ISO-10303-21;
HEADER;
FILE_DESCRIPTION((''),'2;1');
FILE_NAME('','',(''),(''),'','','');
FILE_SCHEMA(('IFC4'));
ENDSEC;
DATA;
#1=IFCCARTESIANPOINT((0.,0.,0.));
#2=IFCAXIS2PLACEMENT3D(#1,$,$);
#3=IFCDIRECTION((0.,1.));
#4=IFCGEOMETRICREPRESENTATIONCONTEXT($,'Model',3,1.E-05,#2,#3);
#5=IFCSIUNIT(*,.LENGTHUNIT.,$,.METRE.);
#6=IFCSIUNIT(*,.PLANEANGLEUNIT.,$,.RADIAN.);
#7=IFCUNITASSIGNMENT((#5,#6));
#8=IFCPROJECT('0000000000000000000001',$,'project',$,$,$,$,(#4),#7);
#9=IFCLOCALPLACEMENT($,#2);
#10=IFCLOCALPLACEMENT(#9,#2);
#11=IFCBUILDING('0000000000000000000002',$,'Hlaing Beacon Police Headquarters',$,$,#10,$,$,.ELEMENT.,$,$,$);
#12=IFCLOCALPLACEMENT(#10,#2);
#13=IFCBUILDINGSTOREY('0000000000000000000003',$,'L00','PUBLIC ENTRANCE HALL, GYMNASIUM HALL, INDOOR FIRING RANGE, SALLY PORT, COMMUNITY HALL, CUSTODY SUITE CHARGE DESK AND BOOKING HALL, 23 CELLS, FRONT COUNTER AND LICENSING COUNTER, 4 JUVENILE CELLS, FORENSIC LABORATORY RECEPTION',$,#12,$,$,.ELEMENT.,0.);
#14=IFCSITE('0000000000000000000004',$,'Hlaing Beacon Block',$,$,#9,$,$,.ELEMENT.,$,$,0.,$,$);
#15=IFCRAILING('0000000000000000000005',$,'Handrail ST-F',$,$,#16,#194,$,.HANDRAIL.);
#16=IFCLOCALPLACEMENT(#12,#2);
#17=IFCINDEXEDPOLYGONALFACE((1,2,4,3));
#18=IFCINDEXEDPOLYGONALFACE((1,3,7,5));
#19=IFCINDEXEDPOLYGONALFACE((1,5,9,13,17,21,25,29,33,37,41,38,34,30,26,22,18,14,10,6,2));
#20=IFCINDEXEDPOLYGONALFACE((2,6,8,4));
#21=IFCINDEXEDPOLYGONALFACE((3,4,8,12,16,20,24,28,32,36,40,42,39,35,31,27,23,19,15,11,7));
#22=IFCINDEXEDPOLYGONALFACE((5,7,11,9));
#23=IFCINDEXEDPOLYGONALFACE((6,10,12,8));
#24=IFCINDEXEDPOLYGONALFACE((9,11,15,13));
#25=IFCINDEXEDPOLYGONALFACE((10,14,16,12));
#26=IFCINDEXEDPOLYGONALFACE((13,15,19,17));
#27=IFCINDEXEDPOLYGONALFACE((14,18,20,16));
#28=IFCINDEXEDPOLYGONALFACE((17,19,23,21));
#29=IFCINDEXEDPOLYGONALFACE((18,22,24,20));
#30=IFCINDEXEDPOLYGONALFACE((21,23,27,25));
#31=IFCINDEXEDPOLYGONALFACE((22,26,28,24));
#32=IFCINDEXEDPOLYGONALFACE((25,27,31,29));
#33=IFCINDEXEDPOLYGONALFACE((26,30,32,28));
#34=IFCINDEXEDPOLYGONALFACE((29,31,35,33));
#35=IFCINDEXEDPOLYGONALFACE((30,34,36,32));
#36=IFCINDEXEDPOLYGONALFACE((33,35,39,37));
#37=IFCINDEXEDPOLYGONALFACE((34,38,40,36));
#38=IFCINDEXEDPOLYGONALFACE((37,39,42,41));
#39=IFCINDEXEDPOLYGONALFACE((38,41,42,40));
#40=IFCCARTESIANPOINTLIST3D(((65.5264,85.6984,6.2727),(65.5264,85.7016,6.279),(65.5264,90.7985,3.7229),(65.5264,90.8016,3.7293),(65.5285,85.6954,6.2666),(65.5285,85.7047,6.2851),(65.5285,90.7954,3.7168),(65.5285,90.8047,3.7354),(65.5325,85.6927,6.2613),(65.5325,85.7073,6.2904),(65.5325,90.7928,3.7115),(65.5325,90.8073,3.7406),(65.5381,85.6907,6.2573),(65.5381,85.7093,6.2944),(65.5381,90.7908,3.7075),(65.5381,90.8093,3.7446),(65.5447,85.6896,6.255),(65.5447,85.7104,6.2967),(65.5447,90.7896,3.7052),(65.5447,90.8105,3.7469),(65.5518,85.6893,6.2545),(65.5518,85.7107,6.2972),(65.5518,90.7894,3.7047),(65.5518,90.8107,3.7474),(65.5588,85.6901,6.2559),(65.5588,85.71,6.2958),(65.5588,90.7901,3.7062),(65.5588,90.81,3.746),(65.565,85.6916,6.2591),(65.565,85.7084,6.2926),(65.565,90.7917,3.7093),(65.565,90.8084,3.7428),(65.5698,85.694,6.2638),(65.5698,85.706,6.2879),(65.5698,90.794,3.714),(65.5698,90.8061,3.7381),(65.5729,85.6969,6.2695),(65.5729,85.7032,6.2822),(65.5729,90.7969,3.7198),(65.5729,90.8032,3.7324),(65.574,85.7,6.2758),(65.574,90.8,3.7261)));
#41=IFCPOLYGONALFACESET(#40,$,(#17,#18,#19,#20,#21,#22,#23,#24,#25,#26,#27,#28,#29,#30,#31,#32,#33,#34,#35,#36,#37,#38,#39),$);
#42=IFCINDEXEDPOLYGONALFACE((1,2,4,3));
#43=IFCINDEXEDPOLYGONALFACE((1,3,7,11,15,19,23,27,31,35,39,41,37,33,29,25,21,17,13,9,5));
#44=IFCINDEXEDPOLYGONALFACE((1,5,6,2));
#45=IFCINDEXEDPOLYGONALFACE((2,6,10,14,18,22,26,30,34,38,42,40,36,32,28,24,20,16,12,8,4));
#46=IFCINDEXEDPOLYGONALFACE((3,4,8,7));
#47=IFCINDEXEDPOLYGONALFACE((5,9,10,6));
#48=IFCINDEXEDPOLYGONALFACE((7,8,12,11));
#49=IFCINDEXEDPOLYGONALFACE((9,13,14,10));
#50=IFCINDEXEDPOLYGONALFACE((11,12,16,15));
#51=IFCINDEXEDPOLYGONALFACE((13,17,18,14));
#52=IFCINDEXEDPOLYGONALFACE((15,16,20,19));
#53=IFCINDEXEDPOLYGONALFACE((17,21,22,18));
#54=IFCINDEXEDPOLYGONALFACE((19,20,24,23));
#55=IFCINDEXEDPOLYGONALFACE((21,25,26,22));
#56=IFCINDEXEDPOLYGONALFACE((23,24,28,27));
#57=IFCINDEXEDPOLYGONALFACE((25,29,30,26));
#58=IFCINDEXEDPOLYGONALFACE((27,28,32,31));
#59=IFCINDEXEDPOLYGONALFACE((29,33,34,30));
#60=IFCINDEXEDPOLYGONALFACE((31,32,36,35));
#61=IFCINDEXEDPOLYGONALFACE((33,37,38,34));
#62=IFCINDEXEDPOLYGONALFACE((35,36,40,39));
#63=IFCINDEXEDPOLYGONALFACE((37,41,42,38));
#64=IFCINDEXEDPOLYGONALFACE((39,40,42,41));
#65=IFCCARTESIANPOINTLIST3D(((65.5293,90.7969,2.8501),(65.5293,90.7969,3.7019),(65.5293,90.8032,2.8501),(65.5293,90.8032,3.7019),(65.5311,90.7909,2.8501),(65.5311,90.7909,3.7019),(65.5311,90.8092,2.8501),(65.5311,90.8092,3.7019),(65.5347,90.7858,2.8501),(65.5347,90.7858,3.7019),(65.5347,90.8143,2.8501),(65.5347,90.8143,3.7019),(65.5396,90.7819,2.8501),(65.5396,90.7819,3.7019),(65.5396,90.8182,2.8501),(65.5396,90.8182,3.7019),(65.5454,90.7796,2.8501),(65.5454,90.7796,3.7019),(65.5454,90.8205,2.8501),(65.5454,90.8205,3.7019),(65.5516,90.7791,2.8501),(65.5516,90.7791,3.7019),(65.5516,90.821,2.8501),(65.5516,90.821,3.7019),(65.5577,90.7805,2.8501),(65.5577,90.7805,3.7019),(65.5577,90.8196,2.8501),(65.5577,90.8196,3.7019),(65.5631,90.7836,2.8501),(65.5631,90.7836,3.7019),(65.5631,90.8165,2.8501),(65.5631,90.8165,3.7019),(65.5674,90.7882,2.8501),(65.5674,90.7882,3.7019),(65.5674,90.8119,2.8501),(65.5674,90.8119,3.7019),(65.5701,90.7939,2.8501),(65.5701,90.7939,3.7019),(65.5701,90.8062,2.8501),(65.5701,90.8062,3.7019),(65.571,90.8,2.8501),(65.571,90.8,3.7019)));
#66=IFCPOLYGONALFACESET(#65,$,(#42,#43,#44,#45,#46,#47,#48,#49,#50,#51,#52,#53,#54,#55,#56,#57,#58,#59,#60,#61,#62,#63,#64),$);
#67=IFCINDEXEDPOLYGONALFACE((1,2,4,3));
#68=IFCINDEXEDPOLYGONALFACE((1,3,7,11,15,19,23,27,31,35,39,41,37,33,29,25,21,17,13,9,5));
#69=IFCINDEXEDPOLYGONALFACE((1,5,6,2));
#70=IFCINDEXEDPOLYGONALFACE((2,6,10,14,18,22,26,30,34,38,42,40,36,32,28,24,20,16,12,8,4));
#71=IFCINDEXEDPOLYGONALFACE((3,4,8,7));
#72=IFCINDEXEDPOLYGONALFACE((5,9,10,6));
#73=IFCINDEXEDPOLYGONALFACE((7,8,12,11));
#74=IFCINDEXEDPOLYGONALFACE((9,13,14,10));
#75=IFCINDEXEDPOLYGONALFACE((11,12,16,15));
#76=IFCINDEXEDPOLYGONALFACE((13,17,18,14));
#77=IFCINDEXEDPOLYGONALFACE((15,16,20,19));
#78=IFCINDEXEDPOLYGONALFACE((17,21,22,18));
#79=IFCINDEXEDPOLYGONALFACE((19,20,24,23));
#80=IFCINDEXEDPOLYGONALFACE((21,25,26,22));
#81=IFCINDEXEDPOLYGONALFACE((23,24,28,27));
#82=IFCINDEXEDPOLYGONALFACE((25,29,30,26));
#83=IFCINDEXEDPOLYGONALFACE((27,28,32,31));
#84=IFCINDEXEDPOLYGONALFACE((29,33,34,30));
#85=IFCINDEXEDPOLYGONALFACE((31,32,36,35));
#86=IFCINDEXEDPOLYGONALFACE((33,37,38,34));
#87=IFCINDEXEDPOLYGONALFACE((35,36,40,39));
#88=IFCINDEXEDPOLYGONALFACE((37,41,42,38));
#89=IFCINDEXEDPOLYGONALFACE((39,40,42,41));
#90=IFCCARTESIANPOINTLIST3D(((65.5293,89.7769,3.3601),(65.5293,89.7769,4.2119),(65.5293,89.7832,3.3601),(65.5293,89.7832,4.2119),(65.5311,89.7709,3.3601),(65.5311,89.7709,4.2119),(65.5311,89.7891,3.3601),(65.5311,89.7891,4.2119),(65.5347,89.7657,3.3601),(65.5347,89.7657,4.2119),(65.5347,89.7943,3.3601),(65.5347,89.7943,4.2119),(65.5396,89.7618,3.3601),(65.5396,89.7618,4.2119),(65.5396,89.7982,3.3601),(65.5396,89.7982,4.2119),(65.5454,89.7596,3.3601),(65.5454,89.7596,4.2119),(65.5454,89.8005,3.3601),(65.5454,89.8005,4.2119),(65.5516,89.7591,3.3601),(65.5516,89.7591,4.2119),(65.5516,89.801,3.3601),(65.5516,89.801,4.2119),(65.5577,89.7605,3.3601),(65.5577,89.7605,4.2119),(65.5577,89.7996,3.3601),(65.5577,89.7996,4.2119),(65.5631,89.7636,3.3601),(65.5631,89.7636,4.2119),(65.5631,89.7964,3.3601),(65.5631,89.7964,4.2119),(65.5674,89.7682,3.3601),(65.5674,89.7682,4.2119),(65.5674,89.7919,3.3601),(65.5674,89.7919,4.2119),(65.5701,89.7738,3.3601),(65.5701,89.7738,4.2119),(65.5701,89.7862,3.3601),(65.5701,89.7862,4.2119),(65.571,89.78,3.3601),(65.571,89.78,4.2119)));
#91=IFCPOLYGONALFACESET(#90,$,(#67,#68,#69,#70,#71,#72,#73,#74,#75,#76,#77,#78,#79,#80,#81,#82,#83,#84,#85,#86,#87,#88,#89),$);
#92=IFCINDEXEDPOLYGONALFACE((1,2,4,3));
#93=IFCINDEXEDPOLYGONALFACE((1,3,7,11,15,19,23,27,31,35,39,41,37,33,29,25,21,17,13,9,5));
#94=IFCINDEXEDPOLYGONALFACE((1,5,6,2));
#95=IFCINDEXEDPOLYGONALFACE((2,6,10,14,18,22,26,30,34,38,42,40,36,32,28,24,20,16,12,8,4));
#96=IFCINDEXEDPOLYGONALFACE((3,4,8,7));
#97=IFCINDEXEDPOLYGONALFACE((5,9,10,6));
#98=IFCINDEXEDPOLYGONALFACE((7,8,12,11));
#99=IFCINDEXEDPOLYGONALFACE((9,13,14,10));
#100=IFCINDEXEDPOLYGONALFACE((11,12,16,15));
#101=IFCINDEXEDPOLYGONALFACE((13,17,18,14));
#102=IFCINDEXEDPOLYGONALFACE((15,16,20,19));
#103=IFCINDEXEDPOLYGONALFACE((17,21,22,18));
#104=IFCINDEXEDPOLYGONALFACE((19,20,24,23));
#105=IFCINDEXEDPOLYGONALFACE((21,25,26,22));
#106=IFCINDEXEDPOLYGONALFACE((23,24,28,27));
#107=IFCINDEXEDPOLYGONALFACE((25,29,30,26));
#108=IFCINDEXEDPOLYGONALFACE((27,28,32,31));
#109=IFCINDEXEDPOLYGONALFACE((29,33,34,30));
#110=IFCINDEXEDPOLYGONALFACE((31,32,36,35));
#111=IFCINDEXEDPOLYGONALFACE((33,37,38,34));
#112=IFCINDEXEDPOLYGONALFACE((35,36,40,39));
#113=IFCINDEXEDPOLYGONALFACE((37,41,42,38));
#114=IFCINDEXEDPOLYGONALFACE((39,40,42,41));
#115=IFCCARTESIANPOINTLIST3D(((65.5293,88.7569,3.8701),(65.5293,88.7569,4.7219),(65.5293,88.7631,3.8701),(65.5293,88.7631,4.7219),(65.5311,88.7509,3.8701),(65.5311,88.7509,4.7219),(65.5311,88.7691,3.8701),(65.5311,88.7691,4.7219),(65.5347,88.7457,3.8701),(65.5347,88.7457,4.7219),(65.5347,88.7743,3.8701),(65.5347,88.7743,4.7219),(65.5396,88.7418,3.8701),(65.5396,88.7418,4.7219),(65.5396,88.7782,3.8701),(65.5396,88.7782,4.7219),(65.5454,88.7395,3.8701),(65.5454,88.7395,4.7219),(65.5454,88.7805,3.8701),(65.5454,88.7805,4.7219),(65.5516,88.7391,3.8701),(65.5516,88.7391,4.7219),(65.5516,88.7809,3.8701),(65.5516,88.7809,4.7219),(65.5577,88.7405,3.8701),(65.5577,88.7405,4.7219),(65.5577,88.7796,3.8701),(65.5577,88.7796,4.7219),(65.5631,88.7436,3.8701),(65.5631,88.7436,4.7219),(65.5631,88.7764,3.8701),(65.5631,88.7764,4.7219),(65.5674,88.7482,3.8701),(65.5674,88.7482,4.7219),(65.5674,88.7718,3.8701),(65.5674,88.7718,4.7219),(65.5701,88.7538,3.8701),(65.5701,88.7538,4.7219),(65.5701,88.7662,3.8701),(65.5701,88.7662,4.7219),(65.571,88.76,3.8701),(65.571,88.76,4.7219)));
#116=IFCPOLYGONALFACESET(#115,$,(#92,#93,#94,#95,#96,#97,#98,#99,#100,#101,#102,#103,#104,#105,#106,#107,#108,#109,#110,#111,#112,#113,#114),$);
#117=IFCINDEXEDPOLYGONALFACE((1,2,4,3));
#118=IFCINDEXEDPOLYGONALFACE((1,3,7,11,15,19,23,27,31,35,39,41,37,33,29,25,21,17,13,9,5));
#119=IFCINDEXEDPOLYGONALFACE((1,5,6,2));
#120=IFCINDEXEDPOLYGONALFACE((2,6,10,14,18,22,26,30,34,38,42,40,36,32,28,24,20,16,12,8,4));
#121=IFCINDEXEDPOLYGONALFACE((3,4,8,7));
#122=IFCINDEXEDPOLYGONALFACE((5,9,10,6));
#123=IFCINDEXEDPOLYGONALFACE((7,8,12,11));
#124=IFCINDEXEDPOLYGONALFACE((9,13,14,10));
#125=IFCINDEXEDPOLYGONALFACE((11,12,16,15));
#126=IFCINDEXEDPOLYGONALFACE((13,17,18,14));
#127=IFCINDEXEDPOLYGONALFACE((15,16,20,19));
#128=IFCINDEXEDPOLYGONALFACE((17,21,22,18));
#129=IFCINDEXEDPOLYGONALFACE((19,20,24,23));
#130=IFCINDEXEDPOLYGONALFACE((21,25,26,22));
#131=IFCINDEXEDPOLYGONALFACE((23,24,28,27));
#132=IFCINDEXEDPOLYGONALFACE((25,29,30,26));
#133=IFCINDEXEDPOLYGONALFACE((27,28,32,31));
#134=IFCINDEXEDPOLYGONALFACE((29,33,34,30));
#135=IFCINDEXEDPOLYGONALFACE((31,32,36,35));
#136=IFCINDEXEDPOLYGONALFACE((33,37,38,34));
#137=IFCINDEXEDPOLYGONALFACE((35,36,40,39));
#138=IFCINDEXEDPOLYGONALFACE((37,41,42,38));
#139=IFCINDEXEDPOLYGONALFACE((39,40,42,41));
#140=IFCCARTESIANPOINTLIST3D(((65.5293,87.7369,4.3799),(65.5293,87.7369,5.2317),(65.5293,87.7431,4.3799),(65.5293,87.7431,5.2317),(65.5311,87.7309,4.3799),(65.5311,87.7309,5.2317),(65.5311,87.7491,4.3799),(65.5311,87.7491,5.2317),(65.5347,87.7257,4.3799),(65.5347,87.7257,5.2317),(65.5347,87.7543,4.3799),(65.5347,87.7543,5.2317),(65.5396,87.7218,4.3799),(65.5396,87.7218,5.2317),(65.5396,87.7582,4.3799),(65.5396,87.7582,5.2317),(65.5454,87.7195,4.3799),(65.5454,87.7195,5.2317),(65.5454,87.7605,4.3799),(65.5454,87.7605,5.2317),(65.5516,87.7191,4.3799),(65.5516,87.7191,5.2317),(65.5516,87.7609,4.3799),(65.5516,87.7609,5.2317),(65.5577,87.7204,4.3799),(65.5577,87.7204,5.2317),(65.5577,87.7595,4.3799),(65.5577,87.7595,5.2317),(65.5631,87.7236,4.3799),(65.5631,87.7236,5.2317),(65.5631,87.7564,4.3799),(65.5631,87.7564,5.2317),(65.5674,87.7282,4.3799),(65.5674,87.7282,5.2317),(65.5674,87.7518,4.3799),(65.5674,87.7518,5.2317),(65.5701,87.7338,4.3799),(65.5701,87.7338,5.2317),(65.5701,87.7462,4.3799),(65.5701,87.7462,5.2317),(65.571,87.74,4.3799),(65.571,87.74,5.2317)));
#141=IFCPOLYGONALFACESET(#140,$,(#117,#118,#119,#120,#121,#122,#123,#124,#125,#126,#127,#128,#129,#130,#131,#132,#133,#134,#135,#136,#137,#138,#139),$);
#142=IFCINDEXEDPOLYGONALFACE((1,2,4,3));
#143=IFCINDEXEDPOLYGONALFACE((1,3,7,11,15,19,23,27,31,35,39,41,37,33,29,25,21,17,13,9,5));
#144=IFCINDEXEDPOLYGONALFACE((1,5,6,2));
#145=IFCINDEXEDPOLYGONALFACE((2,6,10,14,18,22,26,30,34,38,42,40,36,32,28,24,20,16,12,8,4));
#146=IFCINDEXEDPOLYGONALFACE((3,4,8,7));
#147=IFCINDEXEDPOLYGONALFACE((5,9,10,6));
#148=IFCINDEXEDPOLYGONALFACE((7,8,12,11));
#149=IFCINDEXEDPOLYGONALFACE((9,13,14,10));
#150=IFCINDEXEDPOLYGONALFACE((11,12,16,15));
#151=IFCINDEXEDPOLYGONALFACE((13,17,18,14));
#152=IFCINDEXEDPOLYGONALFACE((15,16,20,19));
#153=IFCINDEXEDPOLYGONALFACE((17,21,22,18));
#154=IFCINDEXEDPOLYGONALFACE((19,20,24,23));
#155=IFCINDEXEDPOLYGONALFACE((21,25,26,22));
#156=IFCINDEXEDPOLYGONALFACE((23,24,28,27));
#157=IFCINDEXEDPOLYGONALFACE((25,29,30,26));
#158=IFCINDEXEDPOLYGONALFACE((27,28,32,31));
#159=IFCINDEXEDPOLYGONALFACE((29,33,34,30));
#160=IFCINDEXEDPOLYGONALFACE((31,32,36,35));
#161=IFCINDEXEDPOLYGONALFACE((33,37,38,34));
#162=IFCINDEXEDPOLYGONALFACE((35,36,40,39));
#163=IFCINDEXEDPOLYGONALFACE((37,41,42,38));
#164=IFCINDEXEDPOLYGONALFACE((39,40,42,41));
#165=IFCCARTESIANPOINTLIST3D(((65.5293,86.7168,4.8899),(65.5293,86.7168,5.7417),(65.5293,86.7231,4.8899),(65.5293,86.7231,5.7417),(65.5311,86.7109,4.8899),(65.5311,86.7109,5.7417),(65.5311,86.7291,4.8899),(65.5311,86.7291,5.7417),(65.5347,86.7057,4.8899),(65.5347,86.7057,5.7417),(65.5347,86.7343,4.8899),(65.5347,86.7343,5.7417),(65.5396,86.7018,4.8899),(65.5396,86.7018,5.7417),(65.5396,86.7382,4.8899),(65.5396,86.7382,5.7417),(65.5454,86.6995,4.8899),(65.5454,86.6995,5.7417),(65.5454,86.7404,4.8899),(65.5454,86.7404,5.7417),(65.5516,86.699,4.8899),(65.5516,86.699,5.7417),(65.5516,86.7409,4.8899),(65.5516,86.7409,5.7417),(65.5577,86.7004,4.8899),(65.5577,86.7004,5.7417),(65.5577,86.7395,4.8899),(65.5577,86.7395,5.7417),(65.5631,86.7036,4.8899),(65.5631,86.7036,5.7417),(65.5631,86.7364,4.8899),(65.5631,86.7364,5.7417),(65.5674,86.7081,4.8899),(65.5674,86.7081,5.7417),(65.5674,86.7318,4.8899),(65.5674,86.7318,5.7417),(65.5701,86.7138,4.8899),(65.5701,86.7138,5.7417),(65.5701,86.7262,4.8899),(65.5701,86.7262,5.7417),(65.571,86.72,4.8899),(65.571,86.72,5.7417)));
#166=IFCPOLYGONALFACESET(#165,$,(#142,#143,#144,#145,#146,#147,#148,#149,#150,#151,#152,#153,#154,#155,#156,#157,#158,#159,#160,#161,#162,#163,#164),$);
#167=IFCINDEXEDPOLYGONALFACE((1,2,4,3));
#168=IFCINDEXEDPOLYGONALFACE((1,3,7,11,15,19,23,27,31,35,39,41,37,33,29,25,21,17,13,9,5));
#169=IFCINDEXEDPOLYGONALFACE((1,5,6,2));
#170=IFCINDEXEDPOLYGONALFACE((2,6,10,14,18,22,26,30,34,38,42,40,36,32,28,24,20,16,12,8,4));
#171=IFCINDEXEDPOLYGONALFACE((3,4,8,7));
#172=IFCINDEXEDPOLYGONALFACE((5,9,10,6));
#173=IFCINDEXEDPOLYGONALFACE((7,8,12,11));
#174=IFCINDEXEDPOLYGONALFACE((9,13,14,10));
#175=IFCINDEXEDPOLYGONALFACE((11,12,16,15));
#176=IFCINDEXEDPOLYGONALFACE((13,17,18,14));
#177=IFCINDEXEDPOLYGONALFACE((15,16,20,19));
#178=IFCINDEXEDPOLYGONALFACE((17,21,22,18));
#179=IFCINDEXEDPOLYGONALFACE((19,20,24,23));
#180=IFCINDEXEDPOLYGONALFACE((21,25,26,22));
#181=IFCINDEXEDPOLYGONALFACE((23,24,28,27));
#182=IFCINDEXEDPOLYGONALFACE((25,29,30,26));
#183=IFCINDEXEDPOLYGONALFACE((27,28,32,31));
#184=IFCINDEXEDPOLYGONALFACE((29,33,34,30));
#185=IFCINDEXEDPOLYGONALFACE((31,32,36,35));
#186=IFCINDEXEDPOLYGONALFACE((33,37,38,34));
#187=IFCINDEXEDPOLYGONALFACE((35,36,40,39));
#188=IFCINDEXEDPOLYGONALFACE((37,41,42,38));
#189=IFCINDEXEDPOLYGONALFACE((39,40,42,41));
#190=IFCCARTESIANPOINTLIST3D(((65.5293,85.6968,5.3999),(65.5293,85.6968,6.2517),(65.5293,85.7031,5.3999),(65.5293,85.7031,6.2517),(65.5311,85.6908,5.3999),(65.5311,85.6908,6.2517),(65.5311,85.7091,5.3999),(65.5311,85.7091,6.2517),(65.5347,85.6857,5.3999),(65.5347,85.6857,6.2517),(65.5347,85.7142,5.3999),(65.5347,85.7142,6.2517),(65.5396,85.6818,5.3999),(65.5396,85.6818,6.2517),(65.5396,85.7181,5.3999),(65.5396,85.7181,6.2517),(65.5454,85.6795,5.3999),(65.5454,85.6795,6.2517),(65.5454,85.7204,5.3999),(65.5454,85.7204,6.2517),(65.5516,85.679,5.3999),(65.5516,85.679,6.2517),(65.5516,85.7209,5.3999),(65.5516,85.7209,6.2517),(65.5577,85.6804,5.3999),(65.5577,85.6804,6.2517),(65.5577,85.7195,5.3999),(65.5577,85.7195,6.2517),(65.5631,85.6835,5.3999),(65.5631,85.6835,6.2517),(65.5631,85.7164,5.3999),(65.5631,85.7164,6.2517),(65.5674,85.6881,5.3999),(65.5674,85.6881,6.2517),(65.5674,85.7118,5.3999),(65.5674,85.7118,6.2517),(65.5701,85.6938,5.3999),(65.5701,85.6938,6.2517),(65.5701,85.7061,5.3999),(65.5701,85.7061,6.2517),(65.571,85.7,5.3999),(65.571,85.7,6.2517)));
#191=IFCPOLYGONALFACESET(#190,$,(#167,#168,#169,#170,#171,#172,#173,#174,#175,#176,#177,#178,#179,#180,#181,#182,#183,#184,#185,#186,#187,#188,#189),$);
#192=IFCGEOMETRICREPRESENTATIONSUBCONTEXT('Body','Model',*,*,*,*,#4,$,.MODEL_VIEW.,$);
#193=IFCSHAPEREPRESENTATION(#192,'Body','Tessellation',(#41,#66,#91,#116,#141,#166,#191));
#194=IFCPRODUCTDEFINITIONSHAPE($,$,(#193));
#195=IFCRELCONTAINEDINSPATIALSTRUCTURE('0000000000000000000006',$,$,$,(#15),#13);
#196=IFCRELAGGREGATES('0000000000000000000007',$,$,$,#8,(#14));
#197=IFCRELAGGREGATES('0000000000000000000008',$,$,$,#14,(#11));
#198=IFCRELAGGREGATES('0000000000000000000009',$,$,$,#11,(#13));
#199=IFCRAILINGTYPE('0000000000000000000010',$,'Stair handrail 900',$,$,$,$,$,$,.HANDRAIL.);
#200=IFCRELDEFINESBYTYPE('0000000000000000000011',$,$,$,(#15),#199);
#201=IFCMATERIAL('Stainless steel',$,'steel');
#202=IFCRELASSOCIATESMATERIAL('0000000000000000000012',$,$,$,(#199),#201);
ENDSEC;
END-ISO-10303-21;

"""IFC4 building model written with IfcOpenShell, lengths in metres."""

from ifc_helpers import new_model, si_unit, direction, frame, origin, origin_2d, place, context, subcontext, project, spatial, circle, extrude, material, type_object, element, save


model = new_model("IFC4")

# Units and contexts
model_context = context("Model", 3, precision=1e-05, world=origin(), true_north=direction((0.0, 1.0)))
body_context = subcontext(model_context, "Body", "Model", "MODEL_VIEW")
ifc_project = project(units=[si_unit("LENGTHUNIT", "METRE"), si_unit("PLANEANGLEUNIT", "RADIAN")], contexts=[model_context])

# Site, building, storey
site_placement = place(None, origin())
site = spatial("IfcSite", under=ifc_project, at=site_placement, Name="Hlaing Beacon Block", CompositionType="ELEMENT", RefElevation=0.0)
building_placement = place(site_placement, origin())
building = spatial("IfcBuilding", under=site, at=building_placement, Name="Hlaing Beacon Police Headquarters", CompositionType="ELEMENT")
storey_placement = place(building_placement, origin())
storey = spatial("IfcBuildingStorey", under=building, at=storey_placement, Name="L00", Description="PUBLIC ENTRANCE HALL, GYMNASIUM HALL, INDOOR FIRING RANGE, SALLY PORT, COMMUNITY HALL, CUSTODY SUITE CHARGE DESK AND BOOKING HALL, 23 CELLS, FRONT COUNTER AND LICENSING COUNTER, 4 JUVENILE CELLS, FORENSIC LABORATORY RECEPTION", CompositionType="ELEMENT", Elevation=0.0)

# Railing
ifc_material_1 = material(Name="Stainless steel", Category="steel")
railing_type_1 = type_object("IfcRailingType", Name="Stair handrail 900", PredefinedType="HANDRAIL", material=ifc_material_1)
for number, where, name in (
    (1, (65.55, 90.8, 2.8501), "Handrail ST-F"),
):
    element("IfcRailing", number, at=place(storey_placement, frame(where)), inside=storey, type_object=railing_type_1, Name=name, PredefinedType="HANDRAIL", context=body_context, shape_type="SweptSolid", body=[
        extrude(circle(Radius=0.0239, at=origin_2d()), frame((0.0, 0.0, 0.876), z_axis=(0.0, -0.894444, 0.447179), x_axis=(1.0, 0.0, 0.0)), (0.0, 0.0, 1.0), 5.7019),
        extrude(circle(Radius=0.021, at=origin_2d()), origin(), (0.0, 0.0, 1.0), 0.8518),
        extrude(circle(Radius=0.021, at=origin_2d()), frame((0.0, -1.02, 0.51)), (0.0, 0.0, 1.0), 0.8518),
        extrude(circle(Radius=0.021, at=origin_2d()), frame((0.0, -2.04, 1.02)), (0.0, 0.0, 1.0), 0.8518),
        extrude(circle(Radius=0.021, at=origin_2d()), frame((0.0, -3.0601, 1.5298)), (0.0, 0.0, 1.0), 0.8518),
        extrude(circle(Radius=0.021, at=origin_2d()), frame((0.0, -4.0801, 2.0398)), (0.0, 0.0, 1.0), 0.8518),
        extrude(circle(Radius=0.021, at=origin_2d()), frame((0.0, -5.1001, 2.5498)), (0.0, 0.0, 1.0), 0.8518),
    ])

save(model, "model.ifc")
